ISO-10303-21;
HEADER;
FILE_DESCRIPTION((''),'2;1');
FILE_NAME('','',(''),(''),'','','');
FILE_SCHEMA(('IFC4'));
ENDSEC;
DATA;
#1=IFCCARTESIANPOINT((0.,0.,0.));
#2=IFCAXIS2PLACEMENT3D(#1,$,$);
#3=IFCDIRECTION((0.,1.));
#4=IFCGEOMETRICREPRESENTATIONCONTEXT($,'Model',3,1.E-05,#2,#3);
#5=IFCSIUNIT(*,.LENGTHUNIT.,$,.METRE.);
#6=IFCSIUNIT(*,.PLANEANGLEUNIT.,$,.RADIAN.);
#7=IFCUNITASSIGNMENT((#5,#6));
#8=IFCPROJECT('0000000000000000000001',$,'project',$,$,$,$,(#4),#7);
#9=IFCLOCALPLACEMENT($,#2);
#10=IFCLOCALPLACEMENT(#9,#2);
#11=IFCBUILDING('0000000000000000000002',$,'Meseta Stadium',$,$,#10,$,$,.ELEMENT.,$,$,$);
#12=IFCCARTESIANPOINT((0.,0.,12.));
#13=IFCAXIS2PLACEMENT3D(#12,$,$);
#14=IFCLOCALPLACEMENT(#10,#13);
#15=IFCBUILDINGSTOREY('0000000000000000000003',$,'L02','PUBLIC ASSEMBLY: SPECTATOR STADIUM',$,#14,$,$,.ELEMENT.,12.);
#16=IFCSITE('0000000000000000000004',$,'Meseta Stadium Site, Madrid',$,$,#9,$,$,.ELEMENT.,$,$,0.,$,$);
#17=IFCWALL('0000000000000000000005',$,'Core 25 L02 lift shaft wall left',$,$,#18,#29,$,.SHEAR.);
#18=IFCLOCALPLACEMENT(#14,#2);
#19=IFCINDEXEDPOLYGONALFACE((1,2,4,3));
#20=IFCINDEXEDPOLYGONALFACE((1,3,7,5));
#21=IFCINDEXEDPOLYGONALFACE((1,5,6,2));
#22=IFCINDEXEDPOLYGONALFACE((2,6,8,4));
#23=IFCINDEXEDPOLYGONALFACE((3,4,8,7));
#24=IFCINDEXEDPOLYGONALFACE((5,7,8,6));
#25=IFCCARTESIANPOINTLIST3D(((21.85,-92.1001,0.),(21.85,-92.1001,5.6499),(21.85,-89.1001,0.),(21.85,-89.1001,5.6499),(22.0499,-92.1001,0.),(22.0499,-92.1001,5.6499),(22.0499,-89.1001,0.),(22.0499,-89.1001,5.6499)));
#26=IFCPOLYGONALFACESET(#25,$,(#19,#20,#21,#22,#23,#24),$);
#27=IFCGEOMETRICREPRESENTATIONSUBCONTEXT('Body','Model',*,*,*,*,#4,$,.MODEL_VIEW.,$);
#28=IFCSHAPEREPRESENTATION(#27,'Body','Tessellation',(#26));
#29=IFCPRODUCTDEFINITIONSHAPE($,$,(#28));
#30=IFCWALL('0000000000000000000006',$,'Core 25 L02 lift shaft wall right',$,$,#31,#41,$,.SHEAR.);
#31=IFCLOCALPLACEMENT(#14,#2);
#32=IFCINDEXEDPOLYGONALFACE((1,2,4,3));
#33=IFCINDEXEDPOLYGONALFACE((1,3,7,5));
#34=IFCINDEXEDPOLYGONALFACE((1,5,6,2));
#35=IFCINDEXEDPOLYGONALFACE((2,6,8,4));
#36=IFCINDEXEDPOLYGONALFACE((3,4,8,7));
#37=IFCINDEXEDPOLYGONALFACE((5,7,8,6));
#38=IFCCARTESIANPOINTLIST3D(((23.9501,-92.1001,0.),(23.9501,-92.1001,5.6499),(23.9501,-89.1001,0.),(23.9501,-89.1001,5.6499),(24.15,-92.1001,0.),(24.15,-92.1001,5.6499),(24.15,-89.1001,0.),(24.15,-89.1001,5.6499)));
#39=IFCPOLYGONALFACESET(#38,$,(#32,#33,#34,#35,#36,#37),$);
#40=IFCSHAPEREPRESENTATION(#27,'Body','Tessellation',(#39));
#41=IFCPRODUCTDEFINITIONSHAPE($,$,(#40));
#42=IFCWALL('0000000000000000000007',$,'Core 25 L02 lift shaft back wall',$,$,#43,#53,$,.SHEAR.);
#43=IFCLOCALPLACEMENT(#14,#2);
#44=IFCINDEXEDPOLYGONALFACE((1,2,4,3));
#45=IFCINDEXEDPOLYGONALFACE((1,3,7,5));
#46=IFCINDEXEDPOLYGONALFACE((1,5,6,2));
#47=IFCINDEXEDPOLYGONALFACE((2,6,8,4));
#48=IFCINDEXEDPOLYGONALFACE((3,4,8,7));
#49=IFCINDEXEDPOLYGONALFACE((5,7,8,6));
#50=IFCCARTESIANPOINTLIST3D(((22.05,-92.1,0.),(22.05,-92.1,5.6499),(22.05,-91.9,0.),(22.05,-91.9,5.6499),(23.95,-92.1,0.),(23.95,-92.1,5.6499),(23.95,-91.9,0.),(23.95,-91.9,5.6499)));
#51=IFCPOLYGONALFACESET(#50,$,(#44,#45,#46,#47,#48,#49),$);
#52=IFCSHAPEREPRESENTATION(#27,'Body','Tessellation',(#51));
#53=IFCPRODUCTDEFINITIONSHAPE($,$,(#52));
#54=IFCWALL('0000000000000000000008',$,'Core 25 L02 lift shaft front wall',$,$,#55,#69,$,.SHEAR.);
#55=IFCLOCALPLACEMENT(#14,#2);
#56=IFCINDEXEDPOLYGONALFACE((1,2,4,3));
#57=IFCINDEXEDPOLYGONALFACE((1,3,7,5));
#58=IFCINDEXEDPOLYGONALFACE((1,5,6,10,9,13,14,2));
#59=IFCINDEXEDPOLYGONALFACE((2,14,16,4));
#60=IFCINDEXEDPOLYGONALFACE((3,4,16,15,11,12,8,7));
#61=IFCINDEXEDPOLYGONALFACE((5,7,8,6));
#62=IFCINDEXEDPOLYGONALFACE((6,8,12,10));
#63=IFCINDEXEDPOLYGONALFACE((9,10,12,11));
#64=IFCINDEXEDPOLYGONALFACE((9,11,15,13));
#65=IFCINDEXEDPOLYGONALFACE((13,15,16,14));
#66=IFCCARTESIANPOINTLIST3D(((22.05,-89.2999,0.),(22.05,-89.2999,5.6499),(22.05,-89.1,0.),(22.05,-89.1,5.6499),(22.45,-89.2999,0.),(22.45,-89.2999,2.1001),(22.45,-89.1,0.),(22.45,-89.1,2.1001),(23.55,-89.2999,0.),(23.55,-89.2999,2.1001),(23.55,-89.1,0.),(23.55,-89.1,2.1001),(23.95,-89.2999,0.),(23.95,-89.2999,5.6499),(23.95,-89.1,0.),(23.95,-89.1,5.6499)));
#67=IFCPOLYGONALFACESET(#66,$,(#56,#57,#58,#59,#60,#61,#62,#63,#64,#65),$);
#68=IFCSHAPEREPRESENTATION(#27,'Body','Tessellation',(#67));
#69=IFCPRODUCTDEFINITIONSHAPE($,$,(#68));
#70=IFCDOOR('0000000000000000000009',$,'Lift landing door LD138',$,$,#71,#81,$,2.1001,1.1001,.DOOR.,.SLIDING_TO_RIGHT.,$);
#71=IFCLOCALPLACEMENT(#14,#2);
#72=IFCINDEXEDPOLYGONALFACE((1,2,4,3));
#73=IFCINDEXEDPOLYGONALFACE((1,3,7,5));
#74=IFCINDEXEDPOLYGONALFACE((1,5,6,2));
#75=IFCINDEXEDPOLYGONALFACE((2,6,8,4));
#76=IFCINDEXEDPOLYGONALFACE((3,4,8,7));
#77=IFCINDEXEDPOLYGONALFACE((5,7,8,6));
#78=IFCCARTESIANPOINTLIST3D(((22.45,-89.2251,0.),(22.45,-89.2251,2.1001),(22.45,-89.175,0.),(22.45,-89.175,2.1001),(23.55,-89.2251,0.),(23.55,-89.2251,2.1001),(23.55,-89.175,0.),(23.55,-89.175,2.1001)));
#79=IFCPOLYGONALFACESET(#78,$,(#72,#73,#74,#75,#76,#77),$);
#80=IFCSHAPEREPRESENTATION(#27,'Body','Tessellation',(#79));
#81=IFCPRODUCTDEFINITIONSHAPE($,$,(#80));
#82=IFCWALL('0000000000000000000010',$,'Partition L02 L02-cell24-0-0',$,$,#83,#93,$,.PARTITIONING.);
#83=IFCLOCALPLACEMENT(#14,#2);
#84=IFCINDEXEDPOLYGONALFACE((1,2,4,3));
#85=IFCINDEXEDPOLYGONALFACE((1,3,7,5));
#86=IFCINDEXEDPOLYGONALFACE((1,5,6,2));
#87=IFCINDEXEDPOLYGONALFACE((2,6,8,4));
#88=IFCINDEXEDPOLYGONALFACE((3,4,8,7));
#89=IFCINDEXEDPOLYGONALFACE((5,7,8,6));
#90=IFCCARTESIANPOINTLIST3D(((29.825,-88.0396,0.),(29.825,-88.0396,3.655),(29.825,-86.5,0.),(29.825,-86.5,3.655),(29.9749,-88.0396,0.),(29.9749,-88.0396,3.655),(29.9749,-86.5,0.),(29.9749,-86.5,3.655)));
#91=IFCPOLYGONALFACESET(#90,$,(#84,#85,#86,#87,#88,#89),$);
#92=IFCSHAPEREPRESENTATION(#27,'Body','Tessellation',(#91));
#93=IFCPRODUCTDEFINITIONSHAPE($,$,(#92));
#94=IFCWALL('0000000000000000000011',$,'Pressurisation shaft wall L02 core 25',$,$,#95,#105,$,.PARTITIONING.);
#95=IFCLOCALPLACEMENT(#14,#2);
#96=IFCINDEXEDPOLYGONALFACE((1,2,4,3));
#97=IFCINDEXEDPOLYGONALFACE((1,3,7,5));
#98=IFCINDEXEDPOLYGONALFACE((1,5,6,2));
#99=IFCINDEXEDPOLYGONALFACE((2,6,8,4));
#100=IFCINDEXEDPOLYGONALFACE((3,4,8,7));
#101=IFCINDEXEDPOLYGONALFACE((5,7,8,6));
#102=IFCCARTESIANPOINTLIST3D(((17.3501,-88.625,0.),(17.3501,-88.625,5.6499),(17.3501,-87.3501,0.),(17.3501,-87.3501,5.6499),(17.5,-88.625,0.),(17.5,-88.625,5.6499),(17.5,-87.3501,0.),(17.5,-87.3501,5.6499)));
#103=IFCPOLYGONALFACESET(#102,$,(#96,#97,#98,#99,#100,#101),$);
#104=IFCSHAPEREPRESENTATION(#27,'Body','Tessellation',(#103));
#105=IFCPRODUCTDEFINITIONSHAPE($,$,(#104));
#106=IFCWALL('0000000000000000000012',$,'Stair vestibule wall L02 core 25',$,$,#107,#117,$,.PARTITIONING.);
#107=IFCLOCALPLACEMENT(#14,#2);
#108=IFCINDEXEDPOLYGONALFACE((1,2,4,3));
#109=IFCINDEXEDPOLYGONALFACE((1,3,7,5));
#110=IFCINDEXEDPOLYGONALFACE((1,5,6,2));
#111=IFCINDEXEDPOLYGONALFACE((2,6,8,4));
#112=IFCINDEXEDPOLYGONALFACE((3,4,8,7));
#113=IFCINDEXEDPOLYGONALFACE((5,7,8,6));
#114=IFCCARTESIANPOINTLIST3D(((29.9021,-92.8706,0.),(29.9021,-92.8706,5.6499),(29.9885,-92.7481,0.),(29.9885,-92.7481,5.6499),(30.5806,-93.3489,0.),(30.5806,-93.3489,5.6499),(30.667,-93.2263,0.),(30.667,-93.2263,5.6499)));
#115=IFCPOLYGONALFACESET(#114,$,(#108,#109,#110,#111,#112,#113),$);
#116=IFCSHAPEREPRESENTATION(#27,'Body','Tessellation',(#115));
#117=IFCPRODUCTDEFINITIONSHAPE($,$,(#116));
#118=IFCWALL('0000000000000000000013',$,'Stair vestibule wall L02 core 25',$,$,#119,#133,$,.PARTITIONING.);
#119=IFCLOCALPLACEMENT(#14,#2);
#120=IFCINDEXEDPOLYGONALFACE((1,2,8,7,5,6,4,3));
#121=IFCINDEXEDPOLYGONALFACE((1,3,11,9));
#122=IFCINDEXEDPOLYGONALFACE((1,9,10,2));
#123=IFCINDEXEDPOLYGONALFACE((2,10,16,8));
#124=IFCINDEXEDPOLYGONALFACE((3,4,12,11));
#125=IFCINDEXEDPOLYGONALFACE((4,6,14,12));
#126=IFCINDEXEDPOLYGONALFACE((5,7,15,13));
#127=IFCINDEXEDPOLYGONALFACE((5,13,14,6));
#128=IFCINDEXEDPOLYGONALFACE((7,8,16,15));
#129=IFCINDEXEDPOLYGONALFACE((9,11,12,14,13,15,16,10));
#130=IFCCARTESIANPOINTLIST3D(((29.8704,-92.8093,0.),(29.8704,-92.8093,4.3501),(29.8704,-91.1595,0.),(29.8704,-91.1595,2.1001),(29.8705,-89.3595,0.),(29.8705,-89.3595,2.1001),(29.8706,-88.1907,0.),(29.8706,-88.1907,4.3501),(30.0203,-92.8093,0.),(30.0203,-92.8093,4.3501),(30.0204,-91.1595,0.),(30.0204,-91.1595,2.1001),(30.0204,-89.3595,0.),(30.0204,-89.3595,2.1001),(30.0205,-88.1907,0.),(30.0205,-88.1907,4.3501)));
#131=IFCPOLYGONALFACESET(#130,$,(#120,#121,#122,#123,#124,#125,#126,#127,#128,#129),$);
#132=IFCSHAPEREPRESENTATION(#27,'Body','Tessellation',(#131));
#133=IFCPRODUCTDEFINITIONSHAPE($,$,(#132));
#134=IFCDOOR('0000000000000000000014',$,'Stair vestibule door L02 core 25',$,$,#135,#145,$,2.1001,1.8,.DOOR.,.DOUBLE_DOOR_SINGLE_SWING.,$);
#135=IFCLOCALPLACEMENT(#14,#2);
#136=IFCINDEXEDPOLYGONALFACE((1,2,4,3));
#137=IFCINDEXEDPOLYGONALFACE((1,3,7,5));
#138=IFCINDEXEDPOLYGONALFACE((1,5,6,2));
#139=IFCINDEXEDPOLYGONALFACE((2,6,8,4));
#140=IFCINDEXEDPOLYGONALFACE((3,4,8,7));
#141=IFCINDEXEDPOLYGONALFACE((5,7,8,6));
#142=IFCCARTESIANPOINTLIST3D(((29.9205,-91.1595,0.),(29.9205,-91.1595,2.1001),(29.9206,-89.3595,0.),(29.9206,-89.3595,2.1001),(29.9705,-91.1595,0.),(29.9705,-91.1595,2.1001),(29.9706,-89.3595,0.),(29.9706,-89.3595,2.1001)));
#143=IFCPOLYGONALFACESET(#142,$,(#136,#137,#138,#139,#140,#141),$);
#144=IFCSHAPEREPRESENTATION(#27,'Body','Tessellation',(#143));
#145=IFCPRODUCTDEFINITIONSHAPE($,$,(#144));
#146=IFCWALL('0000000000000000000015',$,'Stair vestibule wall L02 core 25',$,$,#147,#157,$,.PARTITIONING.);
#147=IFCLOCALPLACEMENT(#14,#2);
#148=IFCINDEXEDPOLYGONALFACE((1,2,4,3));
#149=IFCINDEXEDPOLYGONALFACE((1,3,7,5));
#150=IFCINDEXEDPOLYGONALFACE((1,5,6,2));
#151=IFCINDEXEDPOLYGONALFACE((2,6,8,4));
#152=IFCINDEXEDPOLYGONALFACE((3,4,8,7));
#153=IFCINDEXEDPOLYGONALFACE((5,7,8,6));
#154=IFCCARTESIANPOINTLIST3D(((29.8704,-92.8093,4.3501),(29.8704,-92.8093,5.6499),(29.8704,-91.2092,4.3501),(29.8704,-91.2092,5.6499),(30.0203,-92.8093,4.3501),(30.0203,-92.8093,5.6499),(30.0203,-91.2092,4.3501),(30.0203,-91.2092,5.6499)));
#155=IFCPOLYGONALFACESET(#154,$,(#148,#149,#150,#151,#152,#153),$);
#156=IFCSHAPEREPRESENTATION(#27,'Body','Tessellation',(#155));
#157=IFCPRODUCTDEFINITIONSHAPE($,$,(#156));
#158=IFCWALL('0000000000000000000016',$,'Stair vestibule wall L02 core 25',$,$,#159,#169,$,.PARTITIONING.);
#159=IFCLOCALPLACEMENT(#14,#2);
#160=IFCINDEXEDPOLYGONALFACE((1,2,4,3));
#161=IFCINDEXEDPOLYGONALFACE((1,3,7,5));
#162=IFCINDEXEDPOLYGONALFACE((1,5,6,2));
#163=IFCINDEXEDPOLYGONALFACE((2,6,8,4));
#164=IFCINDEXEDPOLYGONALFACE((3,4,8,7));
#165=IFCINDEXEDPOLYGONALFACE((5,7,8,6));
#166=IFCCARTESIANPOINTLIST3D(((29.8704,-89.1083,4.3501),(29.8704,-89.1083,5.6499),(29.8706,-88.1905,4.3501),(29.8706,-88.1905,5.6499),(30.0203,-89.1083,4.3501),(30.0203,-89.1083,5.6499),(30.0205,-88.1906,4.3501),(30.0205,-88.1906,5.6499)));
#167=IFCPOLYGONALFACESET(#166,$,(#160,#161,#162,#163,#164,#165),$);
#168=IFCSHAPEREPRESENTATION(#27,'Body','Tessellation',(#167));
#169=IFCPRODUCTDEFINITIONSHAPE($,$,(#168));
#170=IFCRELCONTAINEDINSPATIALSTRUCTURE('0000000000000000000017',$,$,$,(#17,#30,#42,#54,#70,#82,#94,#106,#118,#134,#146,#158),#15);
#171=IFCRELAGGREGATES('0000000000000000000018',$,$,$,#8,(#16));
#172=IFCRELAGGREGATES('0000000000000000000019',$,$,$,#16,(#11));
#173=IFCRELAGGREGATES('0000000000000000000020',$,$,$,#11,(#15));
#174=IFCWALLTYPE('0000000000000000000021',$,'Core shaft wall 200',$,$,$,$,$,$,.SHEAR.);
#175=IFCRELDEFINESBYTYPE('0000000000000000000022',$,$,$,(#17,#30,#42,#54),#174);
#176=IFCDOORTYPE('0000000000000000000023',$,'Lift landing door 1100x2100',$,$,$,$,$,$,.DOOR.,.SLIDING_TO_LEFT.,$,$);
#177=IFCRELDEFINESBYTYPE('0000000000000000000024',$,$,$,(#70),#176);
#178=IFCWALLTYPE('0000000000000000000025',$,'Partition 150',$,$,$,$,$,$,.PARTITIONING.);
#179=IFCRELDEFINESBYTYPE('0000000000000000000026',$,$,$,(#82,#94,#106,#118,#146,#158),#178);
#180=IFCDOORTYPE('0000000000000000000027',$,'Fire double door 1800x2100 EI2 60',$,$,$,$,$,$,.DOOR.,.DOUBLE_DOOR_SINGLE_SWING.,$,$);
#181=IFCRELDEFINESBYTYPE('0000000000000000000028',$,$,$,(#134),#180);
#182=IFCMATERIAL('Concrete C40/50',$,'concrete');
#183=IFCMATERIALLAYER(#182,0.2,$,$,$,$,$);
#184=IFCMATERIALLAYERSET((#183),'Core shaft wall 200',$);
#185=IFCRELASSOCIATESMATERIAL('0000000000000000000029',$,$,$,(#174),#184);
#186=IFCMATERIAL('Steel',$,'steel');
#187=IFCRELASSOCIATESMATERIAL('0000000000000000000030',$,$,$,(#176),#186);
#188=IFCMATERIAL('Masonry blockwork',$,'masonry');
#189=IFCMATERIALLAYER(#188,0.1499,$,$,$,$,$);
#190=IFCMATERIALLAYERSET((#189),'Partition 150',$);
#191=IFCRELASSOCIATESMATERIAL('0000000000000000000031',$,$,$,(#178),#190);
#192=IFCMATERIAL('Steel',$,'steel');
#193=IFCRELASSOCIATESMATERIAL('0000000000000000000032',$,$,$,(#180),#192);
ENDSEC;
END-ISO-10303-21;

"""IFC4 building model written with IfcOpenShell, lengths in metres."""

from ifc_helpers import new_model, si_unit, direction, frame, frame_2d, origin, place, context, subcontext, project, spatial, rectangle, extrude, material, layer, layer_set, type_object, element, fill, save


model = new_model("IFC4")

# Units and contexts
model_context = context("Model", 3, precision=1e-05, world=origin(), true_north=direction((0.0, 1.0)))
body_context = subcontext(model_context, "Body", "Model", "MODEL_VIEW")
ifc_project = project(units=[si_unit("LENGTHUNIT", "METRE"), si_unit("PLANEANGLEUNIT", "RADIAN")], contexts=[model_context])

# Site, building, storey
site_placement = place(None, origin())
site = spatial("IfcSite", under=ifc_project, at=site_placement, Name="Meseta Stadium Site, Madrid", CompositionType="ELEMENT", RefElevation=0.0)
building_placement = place(site_placement, origin())
building = spatial("IfcBuilding", under=site, at=building_placement, Name="Meseta Stadium", CompositionType="ELEMENT")
storey_placement = place(building_placement, frame((0.0, 0.0, 12.0)))
storey = spatial("IfcBuildingStorey", under=building, at=storey_placement, Name="L02", Description="PUBLIC ASSEMBLY: SPECTATOR STADIUM", CompositionType="ELEMENT", Elevation=12.0)

# Shared definitions
ifc_material_1 = material(Name="Concrete C40/50", Category="concrete")
ifc_layer_1 = layer(ifc_material_1, 0.2)
ifc_layer_set_1 = layer_set([ifc_layer_1], Name="Core shaft wall 200")
wall_type_1 = type_object("IfcWallType", Name="Core shaft wall 200", PredefinedType="SHEAR", material=ifc_layer_set_1)

# Walls
for number, where, z_axis, x_axis, name in (
    (1, (21.95, -92.1001, 0.0), (0.0, 0.0, 1.0), (0.0, 1.0, 0.0), "Core 25 L02 lift shaft wall left"),
    (2, (24.05, -92.1001, 0.0), (0.0, 0.0, 1.0), (0.0, 1.0, 0.0), "Core 25 L02 lift shaft wall right"),
):
    element("IfcWall", number, at=place(storey_placement, frame(where, z_axis=z_axis, x_axis=x_axis)), inside=storey, type_object=wall_type_1, Name=name, PredefinedType="SHEAR", context=body_context, shape_type="SweptSolid", body=[
        extrude(rectangle(XDim=3.0, YDim=0.2, at=frame_2d((1.5, 0.0))), origin(), (0.0, 0.0, 1.0), 5.6499),
    ])
wall_1_placement = place(storey_placement, frame((22.05, -92.0, 0.0), z_axis=(0.0, 0.0, 1.0), x_axis=(1.0, 0.0, 0.0)))
element("IfcWall", 3, at=wall_1_placement, inside=storey, type_object=wall_type_1, Name="Core 25 L02 lift shaft back wall", PredefinedType="SHEAR", context=body_context, shape_type="SweptSolid", body=[
    extrude(rectangle(XDim=1.8999, YDim=0.2, at=frame_2d((0.95, 0.0))), origin(), (0.0, 0.0, 1.0), 5.6499),
])

# Wall, opening, door
wall_2_placement = place(storey_placement, frame((22.05, -89.2, 0.0), z_axis=(0.0, 0.0, 1.0), x_axis=(1.0, 0.0, 0.0)))
wall_2 = element("IfcWall", 4, at=wall_2_placement, inside=storey, type_object=wall_type_1, Name="Core 25 L02 lift shaft front wall", PredefinedType="SHEAR", context=body_context, shape_type="SweptSolid", body=[
    extrude(rectangle(XDim=1.8999, YDim=0.2, at=frame_2d((0.95, 0.0))), origin(), (0.0, 0.0, 1.0), 5.6499),
])
opening_1_placement = place(wall_2_placement, frame((0.3999, 0.0, 0.0)))
opening_1 = element("IfcOpeningElement", 5, at=opening_1_placement, cuts=wall_2, PredefinedType="OPENING", context=body_context, shape_type="SweptSolid", body=[
    extrude(rectangle(XDim=1.1001, YDim=2.1001, at=frame_2d((0.55, 1.05))), frame((0.0, 0.1099, 0.0), z_axis=(0.0, -1.0, 0.0), x_axis=(1.0, 0.0, 0.0)), (0.0, 0.0, 1.0), 0.22),
])
ifc_material_2 = material(Name="Steel", Category="steel")
door_type_1 = type_object("IfcDoorType", Name="Lift landing door 1100x2100", OperationType="SLIDING_TO_LEFT", PredefinedType="DOOR", material=ifc_material_2)
door_1_placement = place(opening_1_placement, origin())
door_1 = element("IfcDoor", 6, at=door_1_placement, inside=storey, type_object=door_type_1, Name="Lift landing door LD138", OperationType="SLIDING_TO_RIGHT", OverallHeight=2.1001, OverallWidth=1.1001, PredefinedType="DOOR", context=body_context, shape_type="SweptSolid", body=[
    extrude(rectangle(XDim=1.1001, YDim=2.1001, at=frame_2d((0.55, 1.05))), frame((0.0, 0.0249, 0.0), z_axis=(0.0, -1.0, 0.0), x_axis=(1.0, 0.0, 0.0)), (0.0, 0.0, 1.0), 0.05),
])
fill(opening_1, door_1)

# Walls
ifc_material_3 = material(Name="Masonry blockwork", Category="masonry")
ifc_layer_2 = layer(ifc_material_3, 0.1499)
ifc_layer_set_2 = layer_set([ifc_layer_2], Name="Partition 150")
wall_type_2 = type_object("IfcWallType", Name="Partition 150", PredefinedType="PARTITIONING", material=ifc_layer_set_2)
wall_3_placement = place(storey_placement, frame((29.8999, -88.0396, 0.0), z_axis=(0.0, 0.0, 1.0), x_axis=(0.0, 1.0, 0.0)))
element("IfcWall", 7, at=wall_3_placement, inside=storey, type_object=wall_type_2, Name="Partition L02 L02-cell24-0-0", PredefinedType="PARTITIONING", context=body_context, shape_type="SweptSolid", body=[
    extrude(rectangle(XDim=1.5396, YDim=0.1499, at=frame_2d((0.7698, 0.0))), origin(), (0.0, 0.0, 1.0), 3.655),
])
wall_4_placement = place(storey_placement, frame((17.425, -88.625, 0.0), z_axis=(0.0, 0.0, 1.0), x_axis=(0.0, 1.0, 0.0)))
element("IfcWall", 8, at=wall_4_placement, inside=storey, type_object=wall_type_2, Name="Pressurisation shaft wall L02 core 25", PredefinedType="PARTITIONING", context=body_context, shape_type="SweptSolid", body=[
    extrude(rectangle(XDim=1.2749, YDim=0.1499, at=frame_2d((0.6375, 0.0))), origin(), (0.0, 0.0, 1.0), 5.6499),
])
wall_5_placement = place(storey_placement, frame((30.6238, -93.2876, 0.0), z_axis=(0.0, 0.0, 1.0), x_axis=(-0.817334, 0.576163, 0.0)))
element("IfcWall", 9, at=wall_5_placement, inside=storey, type_object=wall_type_2, Name="Stair vestibule wall L02 core 25", PredefinedType="PARTITIONING", context=body_context, shape_type="SweptSolid", body=[
    extrude(rectangle(XDim=0.8301, YDim=0.1499, at=frame_2d((0.415, 0.0))), origin(), (0.0, 0.0, 1.0), 5.6499),
])

# Wall, opening, door
wall_6_placement = place(storey_placement, frame((29.9453, -92.8093, 0.0), z_axis=(0.0, 0.0, 1.0), x_axis=(0.000053, 1.0, 0.0)))
wall_6 = element("IfcWall", 10, at=wall_6_placement, inside=storey, type_object=wall_type_2, Name="Stair vestibule wall L02 core 25", PredefinedType="PARTITIONING", context=body_context, shape_type="SweptSolid", body=[
    extrude(rectangle(XDim=4.6187, YDim=0.1499, at=frame_2d((2.3093, 0.0))), origin(), (0.0, 0.0, 1.0), 4.3501),
])
opening_2_placement = place(wall_6_placement, frame((1.6499, 0.0, 0.0)))
opening_2 = element("IfcOpeningElement", 11, at=opening_2_placement, cuts=wall_6, PredefinedType="OPENING", context=body_context, shape_type="SweptSolid", body=[
    extrude(rectangle(XDim=1.8, YDim=2.1001, at=frame_2d((0.8999, 1.05))), frame((0.0, 0.085, 0.0), z_axis=(0.0, -1.0, 0.0), x_axis=(1.0, 0.0, 0.0)), (0.0, 0.0, 1.0), 0.1699),
])
ifc_material_4 = material(Name="Steel", Category="steel")
door_type_2 = type_object("IfcDoorType", Name="Fire double door 1800x2100 EI2 60", OperationType="DOUBLE_DOOR_SINGLE_SWING", PredefinedType="DOOR", material=ifc_material_4)
door_2_placement = place(opening_2_placement, origin())
door_2 = element("IfcDoor", 12, at=door_2_placement, inside=storey, type_object=door_type_2, Name="Stair vestibule door L02 core 25", OperationType="DOUBLE_DOOR_SINGLE_SWING", OverallHeight=2.1001, OverallWidth=1.8, PredefinedType="DOOR", context=body_context, shape_type="SweptSolid", body=[
    extrude(rectangle(XDim=1.8, YDim=2.1001, at=frame_2d((0.8999, 1.05))), frame((0.0, 0.0249, 0.0), z_axis=(0.0, -1.0, 0.0), x_axis=(1.0, 0.0, 0.0)), (0.0, 0.0, 1.0), 0.05),
])
fill(opening_2, door_2)

# Walls
wall_7_placement = place(storey_placement, frame((29.9453, -92.8093, 4.3501), z_axis=(0.0, 0.0, 1.0), x_axis=(0.0, 1.0, 0.0)))
element("IfcWall", 13, at=wall_7_placement, inside=storey, type_object=wall_type_2, Name="Stair vestibule wall L02 core 25", PredefinedType="PARTITIONING", context=body_context, shape_type="SweptSolid", body=[
    extrude(rectangle(XDim=1.6001, YDim=0.1499, at=frame_2d((0.8, 0.0))), origin(), (0.0, 0.0, 1.0), 1.2998),
])
wall_8_placement = place(storey_placement, frame((29.9453, -89.1084, 4.3501), z_axis=(0.0, 0.0, 1.0), x_axis=(0.000266, 1.0, 0.0)))
element("IfcWall", 14, at=wall_8_placement, inside=storey, type_object=wall_type_2, Name="Stair vestibule wall L02 core 25", PredefinedType="PARTITIONING", context=body_context, shape_type="SweptSolid", body=[
    extrude(rectangle(XDim=0.9177, YDim=0.1499, at=frame_2d((0.459, 0.0))), origin(), (0.0, 0.0, 1.0), 1.2998),
])

save(model, "model.ifc")
